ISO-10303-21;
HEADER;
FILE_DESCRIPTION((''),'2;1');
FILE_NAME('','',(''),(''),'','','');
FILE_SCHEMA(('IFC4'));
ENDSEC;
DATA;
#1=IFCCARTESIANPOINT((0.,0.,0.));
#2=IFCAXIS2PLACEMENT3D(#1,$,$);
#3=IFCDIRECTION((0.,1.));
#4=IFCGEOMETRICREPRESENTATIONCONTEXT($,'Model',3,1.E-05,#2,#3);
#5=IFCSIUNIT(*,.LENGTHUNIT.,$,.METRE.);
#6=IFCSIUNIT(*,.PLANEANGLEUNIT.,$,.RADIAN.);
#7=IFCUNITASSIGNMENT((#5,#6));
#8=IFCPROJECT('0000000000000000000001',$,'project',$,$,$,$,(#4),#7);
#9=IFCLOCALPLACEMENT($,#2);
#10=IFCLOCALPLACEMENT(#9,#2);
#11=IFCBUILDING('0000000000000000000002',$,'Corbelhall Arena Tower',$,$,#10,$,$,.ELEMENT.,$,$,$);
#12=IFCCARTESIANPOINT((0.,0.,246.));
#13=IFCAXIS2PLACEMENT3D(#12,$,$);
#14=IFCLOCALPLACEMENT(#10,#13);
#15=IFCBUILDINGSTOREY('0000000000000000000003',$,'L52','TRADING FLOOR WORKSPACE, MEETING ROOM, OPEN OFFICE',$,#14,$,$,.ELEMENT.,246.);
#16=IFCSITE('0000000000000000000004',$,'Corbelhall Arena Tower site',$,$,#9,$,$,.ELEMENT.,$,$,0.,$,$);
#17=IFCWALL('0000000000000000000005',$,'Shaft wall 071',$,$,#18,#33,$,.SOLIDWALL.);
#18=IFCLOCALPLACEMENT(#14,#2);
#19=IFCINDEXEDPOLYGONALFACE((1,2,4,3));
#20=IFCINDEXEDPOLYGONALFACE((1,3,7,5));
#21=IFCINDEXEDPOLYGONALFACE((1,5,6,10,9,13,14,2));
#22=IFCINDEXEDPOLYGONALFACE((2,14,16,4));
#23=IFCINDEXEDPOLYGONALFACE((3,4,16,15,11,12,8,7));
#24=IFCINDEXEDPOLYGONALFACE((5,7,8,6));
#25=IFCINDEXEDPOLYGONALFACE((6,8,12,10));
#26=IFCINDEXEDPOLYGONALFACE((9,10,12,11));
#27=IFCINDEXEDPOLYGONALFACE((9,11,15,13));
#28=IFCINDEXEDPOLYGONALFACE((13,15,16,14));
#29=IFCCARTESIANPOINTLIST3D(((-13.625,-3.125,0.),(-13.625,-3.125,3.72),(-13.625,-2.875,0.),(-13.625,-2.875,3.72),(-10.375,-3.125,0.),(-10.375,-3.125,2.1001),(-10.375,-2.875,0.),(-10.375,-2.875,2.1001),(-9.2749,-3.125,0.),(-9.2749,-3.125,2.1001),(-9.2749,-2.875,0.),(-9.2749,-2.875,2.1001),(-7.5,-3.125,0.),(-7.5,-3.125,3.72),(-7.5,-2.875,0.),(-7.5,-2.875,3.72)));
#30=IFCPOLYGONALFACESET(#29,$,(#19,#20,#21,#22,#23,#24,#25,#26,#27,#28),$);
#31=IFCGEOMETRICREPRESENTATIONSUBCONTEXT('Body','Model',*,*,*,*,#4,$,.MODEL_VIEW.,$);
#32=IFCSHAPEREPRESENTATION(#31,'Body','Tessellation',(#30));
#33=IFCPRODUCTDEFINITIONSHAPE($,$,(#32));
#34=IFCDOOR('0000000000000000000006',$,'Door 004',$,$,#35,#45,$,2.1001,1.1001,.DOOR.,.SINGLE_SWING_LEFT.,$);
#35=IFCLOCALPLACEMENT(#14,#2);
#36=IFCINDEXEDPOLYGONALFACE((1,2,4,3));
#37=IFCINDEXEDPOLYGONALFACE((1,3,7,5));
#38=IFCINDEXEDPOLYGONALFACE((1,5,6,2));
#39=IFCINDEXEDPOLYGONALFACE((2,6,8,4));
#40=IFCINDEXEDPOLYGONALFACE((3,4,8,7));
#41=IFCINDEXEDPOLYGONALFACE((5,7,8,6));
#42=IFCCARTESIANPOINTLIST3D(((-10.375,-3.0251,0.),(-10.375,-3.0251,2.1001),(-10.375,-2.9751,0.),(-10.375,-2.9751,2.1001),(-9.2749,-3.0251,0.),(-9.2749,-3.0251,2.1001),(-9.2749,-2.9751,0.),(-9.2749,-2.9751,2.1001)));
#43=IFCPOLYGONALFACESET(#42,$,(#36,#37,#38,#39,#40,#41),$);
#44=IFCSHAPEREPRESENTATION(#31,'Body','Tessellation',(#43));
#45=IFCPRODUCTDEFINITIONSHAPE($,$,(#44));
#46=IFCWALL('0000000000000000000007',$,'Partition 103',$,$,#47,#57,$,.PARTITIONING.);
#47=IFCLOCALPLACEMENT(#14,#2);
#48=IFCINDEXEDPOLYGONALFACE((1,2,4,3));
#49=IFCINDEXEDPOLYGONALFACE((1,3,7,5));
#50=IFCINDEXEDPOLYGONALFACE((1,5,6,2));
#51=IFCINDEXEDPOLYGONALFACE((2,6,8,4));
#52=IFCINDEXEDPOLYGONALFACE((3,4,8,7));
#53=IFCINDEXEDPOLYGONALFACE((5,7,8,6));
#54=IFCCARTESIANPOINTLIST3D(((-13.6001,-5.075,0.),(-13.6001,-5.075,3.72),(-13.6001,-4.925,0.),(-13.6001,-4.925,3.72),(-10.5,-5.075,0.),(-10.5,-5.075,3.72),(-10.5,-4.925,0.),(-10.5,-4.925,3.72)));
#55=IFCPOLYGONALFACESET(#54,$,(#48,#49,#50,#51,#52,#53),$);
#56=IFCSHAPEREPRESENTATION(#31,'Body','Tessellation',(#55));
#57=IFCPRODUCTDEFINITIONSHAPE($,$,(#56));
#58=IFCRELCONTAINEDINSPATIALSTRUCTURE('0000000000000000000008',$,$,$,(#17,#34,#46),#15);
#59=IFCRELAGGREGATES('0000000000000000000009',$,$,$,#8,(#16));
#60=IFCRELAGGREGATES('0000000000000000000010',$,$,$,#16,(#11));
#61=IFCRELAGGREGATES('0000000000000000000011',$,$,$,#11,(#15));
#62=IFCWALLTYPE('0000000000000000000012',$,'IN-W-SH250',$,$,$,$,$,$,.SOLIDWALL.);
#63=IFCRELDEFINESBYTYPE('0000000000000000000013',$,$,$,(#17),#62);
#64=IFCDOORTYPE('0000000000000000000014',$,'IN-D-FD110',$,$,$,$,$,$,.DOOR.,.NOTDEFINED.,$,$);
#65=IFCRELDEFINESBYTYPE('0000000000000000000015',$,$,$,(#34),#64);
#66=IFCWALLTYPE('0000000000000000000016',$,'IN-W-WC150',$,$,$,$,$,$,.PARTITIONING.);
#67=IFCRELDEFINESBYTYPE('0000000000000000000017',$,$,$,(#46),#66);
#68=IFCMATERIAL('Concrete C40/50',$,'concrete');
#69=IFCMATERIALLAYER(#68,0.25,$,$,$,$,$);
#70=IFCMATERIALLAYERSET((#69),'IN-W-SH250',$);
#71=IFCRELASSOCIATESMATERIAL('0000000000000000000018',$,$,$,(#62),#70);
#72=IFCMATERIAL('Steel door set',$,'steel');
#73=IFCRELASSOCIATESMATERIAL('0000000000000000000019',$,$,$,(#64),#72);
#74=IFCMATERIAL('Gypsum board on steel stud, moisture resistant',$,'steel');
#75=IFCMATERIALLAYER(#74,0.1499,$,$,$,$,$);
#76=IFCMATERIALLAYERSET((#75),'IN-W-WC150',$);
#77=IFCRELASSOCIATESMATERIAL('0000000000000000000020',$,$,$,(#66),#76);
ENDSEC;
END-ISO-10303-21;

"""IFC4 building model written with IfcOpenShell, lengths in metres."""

from ifc_helpers import new_model, si_unit, direction, frame, frame_2d, origin, place, context, subcontext, project, spatial, rectangle, extrude, material, layer, layer_set, type_object, element, fill, save


model = new_model("IFC4")

# Units and contexts
model_context = context("Model", 3, precision=1e-05, world=origin(), true_north=direction((0.0, 1.0)))
body_context = subcontext(model_context, "Body", "Model", "MODEL_VIEW")
ifc_project = project(units=[si_unit("LENGTHUNIT", "METRE"), si_unit("PLANEANGLEUNIT", "RADIAN")], contexts=[model_context])

# Site, building, storey
site_placement = place(None, origin())
site = spatial("IfcSite", under=ifc_project, at=site_placement, Name="Corbelhall Arena Tower site", CompositionType="ELEMENT", RefElevation=0.0)
building_placement = place(site_placement, origin())
building = spatial("IfcBuilding", under=site, at=building_placement, Name="Corbelhall Arena Tower", CompositionType="ELEMENT")
storey_placement = place(building_placement, frame((0.0, 0.0, 246.0)))
storey = spatial("IfcBuildingStorey", under=building, at=storey_placement, Name="L52", Description="TRADING FLOOR WORKSPACE, MEETING ROOM, OPEN OFFICE", CompositionType="ELEMENT", Elevation=246.0)

# Shared definitions
ifc_material_1 = material(Name="Steel door set", Category="steel")

# Shared definitions
ifc_material_2 = material(Name="Concrete C40/50", Category="concrete")
ifc_layer_1 = layer(ifc_material_2, 0.25)
ifc_layer_set_1 = layer_set([ifc_layer_1], Name="IN-W-SH250")
wall_type_1 = type_object("IfcWallType", Name="IN-W-SH250", PredefinedType="SOLIDWALL", material=ifc_layer_set_1)

# Wall, opening, door
wall_1_placement = place(storey_placement, frame((-13.625, -3.0, 0.0), z_axis=(0.0, 0.0, 1.0), x_axis=(1.0, 0.0, 0.0)))
wall_1 = element("IfcWall", 1, at=wall_1_placement, inside=storey, type_object=wall_type_1, Name="Shaft wall 071", PredefinedType="SOLIDWALL", context=body_context, shape_type="SweptSolid", body=[
    extrude(rectangle(XDim=6.125, YDim=0.25, at=frame_2d((3.0625, 0.0))), origin(), (0.0, 0.0, 1.0), 3.72),
])
opening_1_placement = place(wall_1_placement, frame((3.25, 0.0, 0.0)))
opening_1 = element("IfcOpeningElement", 2, at=opening_1_placement, cuts=wall_1, PredefinedType="OPENING", context=body_context, shape_type="SweptSolid", body=[
    extrude(rectangle(XDim=1.1001, YDim=2.1001, at=frame_2d((0.55, 1.05))), frame((0.0, 0.125, 0.0), z_axis=(0.0, -1.0, 0.0), x_axis=(1.0, 0.0, 0.0)), (0.0, 0.0, 1.0), 0.25),
])
door_type_1 = type_object("IfcDoorType", Name="IN-D-FD110", OperationType="NOTDEFINED", PredefinedType="DOOR", material=ifc_material_1)
door_1_placement = place(opening_1_placement, origin())
door_1 = element("IfcDoor", 3, at=door_1_placement, inside=storey, type_object=door_type_1, Name="Door 004", OperationType="SINGLE_SWING_LEFT", OverallHeight=2.1001, OverallWidth=1.1001, PredefinedType="DOOR", context=body_context, shape_type="SweptSolid", body=[
    extrude(rectangle(XDim=1.1001, YDim=2.1001, at=frame_2d((0.55, 1.05))), frame((0.0, 0.0249, 0.0), z_axis=(0.0, -1.0, 0.0), x_axis=(1.0, 0.0, 0.0)), (0.0, 0.0, 1.0), 0.05),
])
fill(opening_1, door_1)

# Wall
ifc_material_3 = material(Name="Gypsum board on steel stud, moisture resistant", Category="steel")
ifc_layer_2 = layer(ifc_material_3, 0.1499)
ifc_layer_set_2 = layer_set([ifc_layer_2], Name="IN-W-WC150")
wall_type_2 = type_object("IfcWallType", Name="IN-W-WC150", PredefinedType="PARTITIONING", material=ifc_layer_set_2)
wall_2_placement = place(storey_placement, frame((-13.6001, -5.0, 0.0), z_axis=(0.0, 0.0, 1.0), x_axis=(1.0, 0.0, 0.0)))
element("IfcWall", 4, at=wall_2_placement, inside=storey, type_object=wall_type_2, Name="Partition 103", PredefinedType="PARTITIONING", context=body_context, shape_type="SweptSolid", body=[
    extrude(rectangle(XDim=3.1001, YDim=0.1499, at=frame_2d((1.55, 0.0))), origin(), (0.0, 0.0, 1.0), 3.72),
])

save(model, "model.ifc")
